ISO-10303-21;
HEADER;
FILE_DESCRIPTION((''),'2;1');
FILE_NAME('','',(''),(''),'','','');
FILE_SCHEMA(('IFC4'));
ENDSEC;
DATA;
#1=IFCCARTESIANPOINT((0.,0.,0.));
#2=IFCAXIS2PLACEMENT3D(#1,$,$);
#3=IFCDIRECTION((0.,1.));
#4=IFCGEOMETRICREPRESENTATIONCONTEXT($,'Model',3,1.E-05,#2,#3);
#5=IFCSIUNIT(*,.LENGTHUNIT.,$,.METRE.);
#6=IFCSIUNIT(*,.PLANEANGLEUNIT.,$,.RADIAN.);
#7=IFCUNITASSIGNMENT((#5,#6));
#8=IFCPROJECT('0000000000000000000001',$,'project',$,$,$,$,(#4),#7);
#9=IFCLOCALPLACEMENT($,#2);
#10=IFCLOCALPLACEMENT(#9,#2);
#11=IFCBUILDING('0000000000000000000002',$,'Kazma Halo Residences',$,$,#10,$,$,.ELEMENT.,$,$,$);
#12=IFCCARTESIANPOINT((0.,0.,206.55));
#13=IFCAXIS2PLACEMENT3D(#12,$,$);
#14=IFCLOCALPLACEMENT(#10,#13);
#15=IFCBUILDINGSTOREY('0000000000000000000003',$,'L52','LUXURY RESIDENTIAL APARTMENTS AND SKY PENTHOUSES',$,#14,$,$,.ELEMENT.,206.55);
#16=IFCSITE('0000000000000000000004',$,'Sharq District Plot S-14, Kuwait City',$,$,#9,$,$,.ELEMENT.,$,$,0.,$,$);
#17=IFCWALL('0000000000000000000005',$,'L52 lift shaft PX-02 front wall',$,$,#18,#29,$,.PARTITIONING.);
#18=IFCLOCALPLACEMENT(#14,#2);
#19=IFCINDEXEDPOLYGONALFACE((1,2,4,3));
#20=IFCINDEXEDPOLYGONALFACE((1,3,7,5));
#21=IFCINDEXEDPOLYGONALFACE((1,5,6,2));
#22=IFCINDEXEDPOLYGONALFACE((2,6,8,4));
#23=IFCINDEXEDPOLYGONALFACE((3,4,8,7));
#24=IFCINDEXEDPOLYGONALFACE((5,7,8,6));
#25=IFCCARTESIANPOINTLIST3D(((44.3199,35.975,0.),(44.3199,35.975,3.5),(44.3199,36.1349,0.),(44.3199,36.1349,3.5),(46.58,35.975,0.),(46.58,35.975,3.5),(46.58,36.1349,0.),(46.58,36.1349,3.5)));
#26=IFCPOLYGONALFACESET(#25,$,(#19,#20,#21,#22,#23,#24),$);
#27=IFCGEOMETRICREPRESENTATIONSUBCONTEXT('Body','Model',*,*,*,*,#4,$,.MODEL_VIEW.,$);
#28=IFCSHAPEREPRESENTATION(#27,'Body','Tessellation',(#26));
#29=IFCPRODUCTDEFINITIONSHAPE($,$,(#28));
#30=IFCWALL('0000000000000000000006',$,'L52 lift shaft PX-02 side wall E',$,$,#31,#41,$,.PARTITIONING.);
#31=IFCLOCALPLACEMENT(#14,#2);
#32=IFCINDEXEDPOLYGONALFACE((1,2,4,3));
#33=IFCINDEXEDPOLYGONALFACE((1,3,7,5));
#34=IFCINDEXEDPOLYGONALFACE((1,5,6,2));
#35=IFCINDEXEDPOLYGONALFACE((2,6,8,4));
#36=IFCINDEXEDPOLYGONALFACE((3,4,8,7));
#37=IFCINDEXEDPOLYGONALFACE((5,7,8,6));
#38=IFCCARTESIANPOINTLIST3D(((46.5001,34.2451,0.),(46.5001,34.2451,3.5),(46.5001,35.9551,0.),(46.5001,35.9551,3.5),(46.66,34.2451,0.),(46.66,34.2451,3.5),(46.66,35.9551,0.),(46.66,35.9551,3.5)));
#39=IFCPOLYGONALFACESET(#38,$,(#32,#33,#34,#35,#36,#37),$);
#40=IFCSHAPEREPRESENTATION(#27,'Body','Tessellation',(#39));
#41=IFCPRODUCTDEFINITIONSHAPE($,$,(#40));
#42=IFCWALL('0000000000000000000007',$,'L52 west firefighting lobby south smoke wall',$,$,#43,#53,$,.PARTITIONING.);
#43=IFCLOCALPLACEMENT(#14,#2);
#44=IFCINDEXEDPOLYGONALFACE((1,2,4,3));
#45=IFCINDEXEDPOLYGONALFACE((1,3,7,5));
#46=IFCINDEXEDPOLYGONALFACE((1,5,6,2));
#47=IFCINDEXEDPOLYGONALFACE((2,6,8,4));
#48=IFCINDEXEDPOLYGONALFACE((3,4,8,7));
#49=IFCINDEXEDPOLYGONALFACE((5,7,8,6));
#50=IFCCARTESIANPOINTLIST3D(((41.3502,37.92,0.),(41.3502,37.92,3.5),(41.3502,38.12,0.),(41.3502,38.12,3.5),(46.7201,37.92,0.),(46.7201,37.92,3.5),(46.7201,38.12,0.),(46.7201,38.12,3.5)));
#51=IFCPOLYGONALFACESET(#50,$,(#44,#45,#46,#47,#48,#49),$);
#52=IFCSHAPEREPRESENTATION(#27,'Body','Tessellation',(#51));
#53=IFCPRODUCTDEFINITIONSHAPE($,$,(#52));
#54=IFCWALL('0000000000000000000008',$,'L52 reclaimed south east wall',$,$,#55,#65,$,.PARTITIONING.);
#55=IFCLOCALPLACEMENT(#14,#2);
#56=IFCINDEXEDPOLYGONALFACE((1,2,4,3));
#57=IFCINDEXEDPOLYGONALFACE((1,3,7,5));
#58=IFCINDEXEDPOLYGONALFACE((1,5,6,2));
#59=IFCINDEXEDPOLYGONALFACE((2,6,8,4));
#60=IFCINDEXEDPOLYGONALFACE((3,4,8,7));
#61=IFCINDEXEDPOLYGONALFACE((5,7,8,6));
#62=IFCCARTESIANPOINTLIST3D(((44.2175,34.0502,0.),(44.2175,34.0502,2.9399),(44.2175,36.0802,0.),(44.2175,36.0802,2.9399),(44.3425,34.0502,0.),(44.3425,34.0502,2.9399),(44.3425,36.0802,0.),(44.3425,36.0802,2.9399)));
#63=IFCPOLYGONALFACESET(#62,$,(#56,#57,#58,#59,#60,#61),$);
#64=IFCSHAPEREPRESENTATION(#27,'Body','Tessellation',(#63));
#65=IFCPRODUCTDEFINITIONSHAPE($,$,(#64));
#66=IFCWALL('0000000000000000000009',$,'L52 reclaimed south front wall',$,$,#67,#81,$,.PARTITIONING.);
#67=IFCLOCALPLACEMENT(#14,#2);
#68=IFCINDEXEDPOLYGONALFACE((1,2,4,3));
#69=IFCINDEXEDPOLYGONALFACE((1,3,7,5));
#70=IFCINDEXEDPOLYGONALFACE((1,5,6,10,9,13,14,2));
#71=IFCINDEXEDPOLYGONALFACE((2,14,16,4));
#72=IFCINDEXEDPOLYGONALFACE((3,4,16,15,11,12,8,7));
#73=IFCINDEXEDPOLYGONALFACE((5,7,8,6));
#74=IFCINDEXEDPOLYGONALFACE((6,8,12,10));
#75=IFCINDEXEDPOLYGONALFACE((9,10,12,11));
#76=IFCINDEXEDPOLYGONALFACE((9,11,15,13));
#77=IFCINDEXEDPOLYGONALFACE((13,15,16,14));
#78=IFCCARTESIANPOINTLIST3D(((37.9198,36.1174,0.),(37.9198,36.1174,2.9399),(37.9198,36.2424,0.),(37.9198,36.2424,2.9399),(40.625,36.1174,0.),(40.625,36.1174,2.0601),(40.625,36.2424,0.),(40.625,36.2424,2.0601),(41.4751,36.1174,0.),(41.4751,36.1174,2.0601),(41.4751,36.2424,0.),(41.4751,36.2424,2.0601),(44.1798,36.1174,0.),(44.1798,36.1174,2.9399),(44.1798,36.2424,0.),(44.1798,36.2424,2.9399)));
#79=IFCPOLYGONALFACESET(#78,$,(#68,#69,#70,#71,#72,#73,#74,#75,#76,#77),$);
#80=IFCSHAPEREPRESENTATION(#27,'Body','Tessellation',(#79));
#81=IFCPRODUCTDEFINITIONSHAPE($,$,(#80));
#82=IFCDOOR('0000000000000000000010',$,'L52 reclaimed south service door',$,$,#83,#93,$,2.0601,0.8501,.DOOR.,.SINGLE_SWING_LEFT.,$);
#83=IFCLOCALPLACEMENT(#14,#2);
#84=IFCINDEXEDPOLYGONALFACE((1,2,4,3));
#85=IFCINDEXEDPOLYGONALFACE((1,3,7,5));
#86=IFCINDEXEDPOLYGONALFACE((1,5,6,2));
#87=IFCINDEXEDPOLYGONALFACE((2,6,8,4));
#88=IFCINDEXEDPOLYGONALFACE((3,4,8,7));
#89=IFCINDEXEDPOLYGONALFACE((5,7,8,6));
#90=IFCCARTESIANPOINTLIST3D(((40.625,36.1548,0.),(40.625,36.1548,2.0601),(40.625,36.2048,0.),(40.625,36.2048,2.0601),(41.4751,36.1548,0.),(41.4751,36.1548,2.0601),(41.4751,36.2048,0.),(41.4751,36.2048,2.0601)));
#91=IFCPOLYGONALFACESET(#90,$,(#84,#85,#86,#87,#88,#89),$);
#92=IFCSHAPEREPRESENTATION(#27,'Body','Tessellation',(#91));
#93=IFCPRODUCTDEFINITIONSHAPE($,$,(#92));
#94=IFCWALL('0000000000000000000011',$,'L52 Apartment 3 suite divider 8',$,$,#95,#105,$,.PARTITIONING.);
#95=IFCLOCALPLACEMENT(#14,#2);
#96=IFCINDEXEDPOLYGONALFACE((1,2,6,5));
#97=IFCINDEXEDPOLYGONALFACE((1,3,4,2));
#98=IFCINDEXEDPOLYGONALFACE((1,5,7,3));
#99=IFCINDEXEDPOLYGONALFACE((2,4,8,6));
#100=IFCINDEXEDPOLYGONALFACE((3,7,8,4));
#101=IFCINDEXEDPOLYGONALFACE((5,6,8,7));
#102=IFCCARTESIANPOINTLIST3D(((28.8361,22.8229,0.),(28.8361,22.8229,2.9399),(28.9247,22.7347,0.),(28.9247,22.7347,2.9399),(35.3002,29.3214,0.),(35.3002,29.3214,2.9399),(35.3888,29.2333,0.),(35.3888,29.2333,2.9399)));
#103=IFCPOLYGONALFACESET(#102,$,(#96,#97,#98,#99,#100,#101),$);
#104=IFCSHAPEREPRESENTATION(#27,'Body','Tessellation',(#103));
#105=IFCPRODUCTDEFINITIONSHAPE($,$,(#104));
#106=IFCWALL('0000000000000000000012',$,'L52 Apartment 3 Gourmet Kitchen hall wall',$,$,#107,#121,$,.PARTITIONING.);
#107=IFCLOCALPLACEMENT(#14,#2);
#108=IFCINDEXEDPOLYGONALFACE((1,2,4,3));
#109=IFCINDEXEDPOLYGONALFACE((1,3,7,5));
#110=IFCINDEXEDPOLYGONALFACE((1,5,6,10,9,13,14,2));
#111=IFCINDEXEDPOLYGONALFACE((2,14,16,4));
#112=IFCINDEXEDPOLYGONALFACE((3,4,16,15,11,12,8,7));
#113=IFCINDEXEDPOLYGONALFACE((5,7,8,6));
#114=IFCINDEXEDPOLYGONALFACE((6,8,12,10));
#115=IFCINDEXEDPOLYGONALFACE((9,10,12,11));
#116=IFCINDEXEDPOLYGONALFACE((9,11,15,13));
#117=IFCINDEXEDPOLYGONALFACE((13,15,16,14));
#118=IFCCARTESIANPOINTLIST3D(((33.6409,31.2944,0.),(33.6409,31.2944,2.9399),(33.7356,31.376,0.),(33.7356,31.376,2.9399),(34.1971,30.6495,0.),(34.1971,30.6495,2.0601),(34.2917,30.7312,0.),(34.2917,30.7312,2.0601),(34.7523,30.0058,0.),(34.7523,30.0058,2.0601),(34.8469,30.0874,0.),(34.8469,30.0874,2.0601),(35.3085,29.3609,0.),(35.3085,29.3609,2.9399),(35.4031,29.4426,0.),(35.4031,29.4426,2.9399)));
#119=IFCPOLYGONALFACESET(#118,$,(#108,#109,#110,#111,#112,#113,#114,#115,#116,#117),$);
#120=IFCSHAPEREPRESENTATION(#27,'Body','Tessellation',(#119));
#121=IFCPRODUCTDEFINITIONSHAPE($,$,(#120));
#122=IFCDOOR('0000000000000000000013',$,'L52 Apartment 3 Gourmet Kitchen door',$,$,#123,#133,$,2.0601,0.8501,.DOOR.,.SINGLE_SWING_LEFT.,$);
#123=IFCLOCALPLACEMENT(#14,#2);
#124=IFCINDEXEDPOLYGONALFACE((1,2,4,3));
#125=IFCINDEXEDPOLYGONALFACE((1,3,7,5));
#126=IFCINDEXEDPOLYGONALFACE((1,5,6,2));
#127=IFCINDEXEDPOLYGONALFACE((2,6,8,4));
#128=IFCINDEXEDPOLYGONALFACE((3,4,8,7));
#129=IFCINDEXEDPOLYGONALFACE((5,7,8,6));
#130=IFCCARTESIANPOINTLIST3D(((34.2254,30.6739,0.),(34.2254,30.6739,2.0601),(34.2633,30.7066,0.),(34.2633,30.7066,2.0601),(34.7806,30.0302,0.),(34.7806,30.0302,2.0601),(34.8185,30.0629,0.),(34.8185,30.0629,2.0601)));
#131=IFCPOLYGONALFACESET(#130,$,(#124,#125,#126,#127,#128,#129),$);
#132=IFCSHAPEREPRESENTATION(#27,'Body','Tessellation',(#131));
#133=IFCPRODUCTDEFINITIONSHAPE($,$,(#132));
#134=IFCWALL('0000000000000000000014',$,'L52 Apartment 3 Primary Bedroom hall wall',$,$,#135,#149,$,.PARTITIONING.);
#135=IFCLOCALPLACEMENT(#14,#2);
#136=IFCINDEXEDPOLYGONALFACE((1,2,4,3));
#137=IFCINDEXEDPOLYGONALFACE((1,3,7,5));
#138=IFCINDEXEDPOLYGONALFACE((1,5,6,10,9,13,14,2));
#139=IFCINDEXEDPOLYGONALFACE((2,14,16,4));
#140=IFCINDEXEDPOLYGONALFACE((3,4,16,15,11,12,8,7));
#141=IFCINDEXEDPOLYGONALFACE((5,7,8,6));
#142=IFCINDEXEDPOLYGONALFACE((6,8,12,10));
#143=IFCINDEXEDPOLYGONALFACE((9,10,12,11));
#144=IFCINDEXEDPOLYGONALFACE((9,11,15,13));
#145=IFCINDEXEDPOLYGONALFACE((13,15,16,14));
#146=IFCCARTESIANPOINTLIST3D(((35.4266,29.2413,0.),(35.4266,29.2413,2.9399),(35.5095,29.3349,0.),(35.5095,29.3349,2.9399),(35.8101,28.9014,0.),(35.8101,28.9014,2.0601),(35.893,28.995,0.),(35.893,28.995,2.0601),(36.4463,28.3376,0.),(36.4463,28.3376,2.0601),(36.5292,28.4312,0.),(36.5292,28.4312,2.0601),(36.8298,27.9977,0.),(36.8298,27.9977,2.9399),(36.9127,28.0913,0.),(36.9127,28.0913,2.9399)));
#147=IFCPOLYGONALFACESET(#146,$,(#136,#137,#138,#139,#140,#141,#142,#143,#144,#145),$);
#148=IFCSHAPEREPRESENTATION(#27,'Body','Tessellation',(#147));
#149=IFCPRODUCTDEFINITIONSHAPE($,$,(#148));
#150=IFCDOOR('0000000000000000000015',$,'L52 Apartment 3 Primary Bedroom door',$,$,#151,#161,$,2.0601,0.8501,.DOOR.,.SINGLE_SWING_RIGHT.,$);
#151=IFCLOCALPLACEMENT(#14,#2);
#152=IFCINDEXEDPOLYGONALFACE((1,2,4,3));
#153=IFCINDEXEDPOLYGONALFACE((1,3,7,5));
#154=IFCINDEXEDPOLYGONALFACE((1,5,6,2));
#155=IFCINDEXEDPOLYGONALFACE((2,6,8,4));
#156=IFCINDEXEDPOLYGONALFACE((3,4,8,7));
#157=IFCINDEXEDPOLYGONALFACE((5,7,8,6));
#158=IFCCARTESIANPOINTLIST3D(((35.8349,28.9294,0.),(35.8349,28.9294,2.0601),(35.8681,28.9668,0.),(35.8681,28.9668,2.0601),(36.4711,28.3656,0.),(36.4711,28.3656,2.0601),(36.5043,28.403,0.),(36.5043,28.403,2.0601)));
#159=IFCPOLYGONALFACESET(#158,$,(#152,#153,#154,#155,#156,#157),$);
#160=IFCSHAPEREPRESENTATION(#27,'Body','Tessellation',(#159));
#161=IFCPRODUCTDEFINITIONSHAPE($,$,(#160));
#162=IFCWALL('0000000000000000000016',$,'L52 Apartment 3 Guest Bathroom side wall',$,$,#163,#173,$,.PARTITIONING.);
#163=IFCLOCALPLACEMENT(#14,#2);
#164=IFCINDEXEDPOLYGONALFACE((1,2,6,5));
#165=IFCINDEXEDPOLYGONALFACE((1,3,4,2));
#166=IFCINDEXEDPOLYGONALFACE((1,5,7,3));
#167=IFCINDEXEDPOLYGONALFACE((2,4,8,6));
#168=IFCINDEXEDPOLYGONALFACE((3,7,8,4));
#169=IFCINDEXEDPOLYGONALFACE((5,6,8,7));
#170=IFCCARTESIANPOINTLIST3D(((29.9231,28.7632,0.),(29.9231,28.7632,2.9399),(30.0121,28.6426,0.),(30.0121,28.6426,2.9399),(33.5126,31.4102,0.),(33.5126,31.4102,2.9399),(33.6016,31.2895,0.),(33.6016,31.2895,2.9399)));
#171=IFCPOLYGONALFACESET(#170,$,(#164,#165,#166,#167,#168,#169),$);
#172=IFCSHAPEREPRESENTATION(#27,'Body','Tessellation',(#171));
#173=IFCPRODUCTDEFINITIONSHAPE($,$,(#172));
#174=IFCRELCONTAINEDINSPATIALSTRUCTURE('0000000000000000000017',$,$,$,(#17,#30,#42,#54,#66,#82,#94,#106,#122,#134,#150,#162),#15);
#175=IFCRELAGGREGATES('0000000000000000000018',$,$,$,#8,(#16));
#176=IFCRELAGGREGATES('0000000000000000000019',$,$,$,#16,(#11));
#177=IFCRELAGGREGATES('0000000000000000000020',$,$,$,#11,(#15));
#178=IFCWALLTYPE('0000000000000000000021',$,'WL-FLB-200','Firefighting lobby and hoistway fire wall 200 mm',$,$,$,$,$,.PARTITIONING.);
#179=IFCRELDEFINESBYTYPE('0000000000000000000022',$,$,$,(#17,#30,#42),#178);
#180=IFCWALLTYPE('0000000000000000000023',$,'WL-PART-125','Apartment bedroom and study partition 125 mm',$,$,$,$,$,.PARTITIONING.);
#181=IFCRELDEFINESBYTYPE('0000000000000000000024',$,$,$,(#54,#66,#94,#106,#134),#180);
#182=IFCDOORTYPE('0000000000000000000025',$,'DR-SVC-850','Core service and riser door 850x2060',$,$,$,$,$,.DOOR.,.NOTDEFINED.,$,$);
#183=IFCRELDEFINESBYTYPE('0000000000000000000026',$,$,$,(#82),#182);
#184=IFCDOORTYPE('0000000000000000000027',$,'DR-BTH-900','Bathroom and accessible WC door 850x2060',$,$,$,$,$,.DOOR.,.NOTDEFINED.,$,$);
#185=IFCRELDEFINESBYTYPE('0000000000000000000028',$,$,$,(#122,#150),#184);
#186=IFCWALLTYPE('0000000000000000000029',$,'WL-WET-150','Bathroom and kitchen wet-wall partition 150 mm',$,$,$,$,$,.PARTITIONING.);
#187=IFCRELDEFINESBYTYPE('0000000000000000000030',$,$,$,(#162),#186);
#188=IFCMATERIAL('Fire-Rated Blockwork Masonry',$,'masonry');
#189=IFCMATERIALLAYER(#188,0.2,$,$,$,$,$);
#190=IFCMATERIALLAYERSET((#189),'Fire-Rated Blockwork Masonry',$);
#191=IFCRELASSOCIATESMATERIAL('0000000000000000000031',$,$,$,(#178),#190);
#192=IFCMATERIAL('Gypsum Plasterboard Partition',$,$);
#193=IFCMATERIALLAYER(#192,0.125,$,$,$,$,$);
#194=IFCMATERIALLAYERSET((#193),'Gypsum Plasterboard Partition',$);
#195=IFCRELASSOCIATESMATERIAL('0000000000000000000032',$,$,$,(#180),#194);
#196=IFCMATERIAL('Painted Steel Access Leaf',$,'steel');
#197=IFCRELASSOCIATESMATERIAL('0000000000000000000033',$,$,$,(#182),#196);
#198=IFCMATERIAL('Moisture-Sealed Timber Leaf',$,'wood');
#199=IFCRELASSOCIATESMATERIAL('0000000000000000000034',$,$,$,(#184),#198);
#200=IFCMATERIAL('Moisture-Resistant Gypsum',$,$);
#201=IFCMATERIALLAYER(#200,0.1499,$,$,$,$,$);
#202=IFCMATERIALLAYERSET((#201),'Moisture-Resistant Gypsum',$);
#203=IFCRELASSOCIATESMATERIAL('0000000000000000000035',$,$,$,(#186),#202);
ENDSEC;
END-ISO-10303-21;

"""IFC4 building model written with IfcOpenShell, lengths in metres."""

from ifc_helpers import new_model, si_unit, direction, frame, frame_2d, origin, place, context, subcontext, project, spatial, rectangle, extrude, material, layer, layer_set, type_object, element, fill, save


model = new_model("IFC4")

# Units and contexts
model_context = context("Model", 3, precision=1e-05, world=origin(), true_north=direction((0.0, 1.0)))
body_context = subcontext(model_context, "Body", "Model", "MODEL_VIEW")
ifc_project = project(units=[si_unit("LENGTHUNIT", "METRE"), si_unit("PLANEANGLEUNIT", "RADIAN")], contexts=[model_context])

# Site, building, storey
site_placement = place(None, origin())
site = spatial("IfcSite", under=ifc_project, at=site_placement, Name="Sharq District Plot S-14, Kuwait City", CompositionType="ELEMENT", RefElevation=0.0)
building_placement = place(site_placement, origin())
building = spatial("IfcBuilding", under=site, at=building_placement, Name="Kazma Halo Residences", CompositionType="ELEMENT")
storey_placement = place(building_placement, frame((0.0, 0.0, 206.55)))
storey = spatial("IfcBuildingStorey", under=building, at=storey_placement, Name="L52", Description="LUXURY RESIDENTIAL APARTMENTS AND SKY PENTHOUSES", CompositionType="ELEMENT", Elevation=206.55)

# Walls
ifc_material_1 = material(Name="Fire-Rated Blockwork Masonry", Category="masonry")
ifc_layer_1 = layer(ifc_material_1, 0.2)
ifc_layer_set_1 = layer_set([ifc_layer_1], Name="Fire-Rated Blockwork Masonry")
wall_type_1 = type_object("IfcWallType", Name="WL-FLB-200", Description="Firefighting lobby and hoistway fire wall 200 mm", PredefinedType="PARTITIONING", material=ifc_layer_set_1)
wall_1_placement = place(storey_placement, frame((44.3201, 36.0549, 0.0), z_axis=(0.0, 0.0, 1.0), x_axis=(1.0, 0.0, 0.0)))
element("IfcWall", 1, at=wall_1_placement, inside=storey, type_object=wall_type_1, Name="L52 lift shaft PX-02 front wall", PredefinedType="PARTITIONING", context=body_context, shape_type="SweptSolid", body=[
    extrude(rectangle(XDim=2.26, YDim=0.1599, at=frame_2d((1.1299, 0.0))), origin(), (0.0, 0.0, 1.0), 3.5),
])
wall_2_placement = place(storey_placement, frame((46.5801, 34.2451, 0.0), z_axis=(0.0, 0.0, 1.0), x_axis=(0.0, 1.0, 0.0)))
element("IfcWall", 2, at=wall_2_placement, inside=storey, type_object=wall_type_1, Name="L52 lift shaft PX-02 side wall E", PredefinedType="PARTITIONING", context=body_context, shape_type="SweptSolid", body=[
    extrude(rectangle(XDim=1.71, YDim=0.1599, at=frame_2d((0.855, 0.0))), origin(), (0.0, 0.0, 1.0), 3.5),
])
wall_3_placement = place(storey_placement, frame((41.3501, 38.02, 0.0), z_axis=(0.0, 0.0, 1.0), x_axis=(1.0, 0.0, 0.0)))
element("IfcWall", 3, at=wall_3_placement, inside=storey, type_object=wall_type_1, Name="L52 west firefighting lobby south smoke wall", PredefinedType="PARTITIONING", context=body_context, shape_type="SweptSolid", body=[
    extrude(rectangle(XDim=5.3699, YDim=0.2, at=frame_2d((2.6851, 0.0))), origin(), (0.0, 0.0, 1.0), 3.5),
])
ifc_material_2 = material(Name="Gypsum Plasterboard Partition")
ifc_layer_2 = layer(ifc_material_2, 0.125)
ifc_layer_set_2 = layer_set([ifc_layer_2], Name="Gypsum Plasterboard Partition")
wall_type_2 = type_object("IfcWallType", Name="WL-PART-125", Description="Apartment bedroom and study partition 125 mm", PredefinedType="PARTITIONING", material=ifc_layer_set_2)
wall_4_placement = place(storey_placement, frame((44.28, 34.05, 0.0), z_axis=(0.0, 0.0, 1.0), x_axis=(0.0, 1.0, 0.0)))
element("IfcWall", 4, at=wall_4_placement, inside=storey, type_object=wall_type_2, Name="L52 reclaimed south east wall", PredefinedType="PARTITIONING", context=body_context, shape_type="SweptSolid", body=[
    extrude(rectangle(XDim=2.03, YDim=0.125, at=frame_2d((1.0151, 0.0))), origin(), (0.0, 0.0, 1.0), 2.9399),
])

# Wall, opening, door
wall_5_placement = place(storey_placement, frame((37.9199, 36.1799, 0.0), z_axis=(0.0, 0.0, 1.0), x_axis=(1.0, 0.0, 0.0)))
wall_5 = element("IfcWall", 5, at=wall_5_placement, inside=storey, type_object=wall_type_2, Name="L52 reclaimed south front wall", PredefinedType="PARTITIONING", context=body_context, shape_type="SweptSolid", body=[
    extrude(rectangle(XDim=6.26, YDim=0.125, at=frame_2d((3.1299, 0.0))), origin(), (0.0, 0.0, 1.0), 2.9399),
])
opening_1_placement = place(wall_5_placement, frame((2.7051, 0.0, 0.0)))
opening_1 = element("IfcOpeningElement", 6, at=opening_1_placement, cuts=wall_5, PredefinedType="OPENING", context=body_context, shape_type="SweptSolid", body=[
    extrude(rectangle(XDim=0.8501, YDim=2.0601, at=frame_2d((0.425, 1.03))), frame((0.0, 0.0725, 0.0), z_axis=(0.0, -1.0, 0.0), x_axis=(1.0, 0.0, 0.0)), (0.0, 0.0, 1.0), 0.145),
])
ifc_material_3 = material(Name="Painted Steel Access Leaf", Category="steel")
door_type_1 = type_object("IfcDoorType", Name="DR-SVC-850", Description="Core service and riser door 850x2060", OperationType="NOTDEFINED", PredefinedType="DOOR", material=ifc_material_3)
door_1_placement = place(opening_1_placement, origin())
door_1 = element("IfcDoor", 7, at=door_1_placement, inside=storey, type_object=door_type_1, Name="L52 reclaimed south service door", OperationType="SINGLE_SWING_LEFT", OverallHeight=2.0601, OverallWidth=0.8501, PredefinedType="DOOR", context=body_context, shape_type="SweptSolid", body=[
    extrude(rectangle(XDim=0.8501, YDim=2.0601, at=frame_2d((0.425, 1.03))), frame((0.0, 0.0249, 0.0), z_axis=(0.0, -1.0, 0.0), x_axis=(1.0, 0.0, 0.0)), (0.0, 0.0, 1.0), 0.05),
])
fill(opening_1, door_1)

# Wall
wall_6_placement = place(storey_placement, frame((35.3445, 29.2773, 0.0), z_axis=(0.0, 0.0, 1.0), x_axis=(-0.705226, -0.708982, 0.0)))
element("IfcWall", 8, at=wall_6_placement, inside=storey, type_object=wall_type_2, Name="L52 Apartment 3 suite divider 8", PredefinedType="PARTITIONING", context=body_context, shape_type="SweptSolid", body=[
    extrude(rectangle(XDim=9.166, YDim=0.125, at=frame_2d((4.583, 0.0))), origin(), (0.0, 0.0, 1.0), 2.9399),
])

# Walls, openings, doors
wall_7_placement = place(storey_placement, frame((33.6882, 31.3352, 0.0), z_axis=(0.0, 0.0, 1.0), x_axis=(0.653119, -0.757255, 0.0)))
wall_7 = element("IfcWall", 9, at=wall_7_placement, inside=storey, type_object=wall_type_2, Name="L52 Apartment 3 Gourmet Kitchen hall wall", PredefinedType="PARTITIONING", context=body_context, shape_type="SweptSolid", body=[
    extrude(rectangle(XDim=2.5532, YDim=0.125, at=frame_2d((1.2766, 0.0))), origin(), (0.0, 0.0, 1.0), 2.9399),
])
opening_2_placement = place(wall_7_placement, frame((0.8516, 0.0, 0.0)))
opening_2 = element("IfcOpeningElement", 10, at=opening_2_placement, cuts=wall_7, PredefinedType="OPENING", context=body_context, shape_type="SweptSolid", body=[
    extrude(rectangle(XDim=0.8501, YDim=2.0601, at=frame_2d((0.425, 1.03))), frame((0.0, 0.0725, 0.0), z_axis=(0.0, -1.0, 0.0), x_axis=(1.0, 0.0, 0.0)), (0.0, 0.0, 1.0), 0.145),
])
ifc_material_4 = material(Name="Moisture-Sealed Timber Leaf", Category="wood")
door_type_2 = type_object("IfcDoorType", Name="DR-BTH-900", Description="Bathroom and accessible WC door 850x2060", OperationType="NOTDEFINED", PredefinedType="DOOR", material=ifc_material_4)
door_2_placement = place(opening_2_placement, origin())
door_2 = element("IfcDoor", 11, at=door_2_placement, inside=storey, type_object=door_type_2, Name="L52 Apartment 3 Gourmet Kitchen door", OperationType="SINGLE_SWING_LEFT", OverallHeight=2.0601, OverallWidth=0.8501, PredefinedType="DOOR", context=body_context, shape_type="SweptSolid", body=[
    extrude(rectangle(XDim=0.8501, YDim=2.0601, at=frame_2d((0.425, 1.03))), frame((0.0, 0.0249, 0.0), z_axis=(0.0, -1.0, 0.0), x_axis=(1.0, 0.0, 0.0)), (0.0, 0.0, 1.0), 0.05),
])
fill(opening_2, door_2)
wall_8_placement = place(storey_placement, frame((35.468, 29.2881, 0.0), z_axis=(0.0, 0.0, 1.0), x_axis=(0.7484, -0.663248, 0.0)))
wall_8 = element("IfcWall", 12, at=wall_8_placement, inside=storey, type_object=wall_type_2, Name="L52 Apartment 3 Primary Bedroom hall wall", PredefinedType="PARTITIONING", context=body_context, shape_type="SweptSolid", body=[
    extrude(rectangle(XDim=1.875, YDim=0.125, at=frame_2d((0.9375, 0.0))), origin(), (0.0, 0.0, 1.0), 2.9399),
])
opening_3_placement = place(wall_8_placement, frame((0.5125, 0.0, 0.0)))
opening_3 = element("IfcOpeningElement", 13, at=opening_3_placement, cuts=wall_8, PredefinedType="OPENING", context=body_context, shape_type="SweptSolid", body=[
    extrude(rectangle(XDim=0.8501, YDim=2.0601, at=frame_2d((0.425, 1.03))), frame((0.0, 0.0725, 0.0), z_axis=(0.0, -1.0, 0.0), x_axis=(1.0, 0.0, 0.0)), (0.0, 0.0, 1.0), 0.145),
])
door_3_placement = place(opening_3_placement, origin())
door_3 = element("IfcDoor", 14, at=door_3_placement, inside=storey, type_object=door_type_2, Name="L52 Apartment 3 Primary Bedroom door", OperationType="SINGLE_SWING_RIGHT", OverallHeight=2.0601, OverallWidth=0.8501, PredefinedType="DOOR", context=body_context, shape_type="SweptSolid", body=[
    extrude(rectangle(XDim=0.8501, YDim=2.0601, at=frame_2d((0.425, 1.03))), frame((0.0, 0.0249, 0.0), z_axis=(0.0, -1.0, 0.0), x_axis=(1.0, 0.0, 0.0)), (0.0, 0.0, 1.0), 0.05),
])
fill(opening_3, door_3)

# Wall
ifc_material_5 = material(Name="Moisture-Resistant Gypsum")
ifc_layer_3 = layer(ifc_material_5, 0.1499)
ifc_layer_set_3 = layer_set([ifc_layer_3], Name="Moisture-Resistant Gypsum")
wall_type_3 = type_object("IfcWallType", Name="WL-WET-150", Description="Bathroom and kitchen wet-wall partition 150 mm", PredefinedType="PARTITIONING", material=ifc_layer_set_3)
wall_9_placement = place(storey_placement, frame((33.5571, 31.3499, 0.0), z_axis=(0.0, 0.0, 1.0), x_axis=(-0.804841, -0.59349, 0.0)))
element("IfcWall", 15, at=wall_9_placement, inside=storey, type_object=wall_type_3, Name="L52 Apartment 3 Guest Bathroom side wall", PredefinedType="PARTITIONING", context=body_context, shape_type="SweptSolid", body=[
    extrude(rectangle(XDim=4.46, YDim=0.1499, at=frame_2d((2.23, 0.0))), origin(), (0.0, 0.0, 1.0), 2.9399),
])

save(model, "model.ifc")
